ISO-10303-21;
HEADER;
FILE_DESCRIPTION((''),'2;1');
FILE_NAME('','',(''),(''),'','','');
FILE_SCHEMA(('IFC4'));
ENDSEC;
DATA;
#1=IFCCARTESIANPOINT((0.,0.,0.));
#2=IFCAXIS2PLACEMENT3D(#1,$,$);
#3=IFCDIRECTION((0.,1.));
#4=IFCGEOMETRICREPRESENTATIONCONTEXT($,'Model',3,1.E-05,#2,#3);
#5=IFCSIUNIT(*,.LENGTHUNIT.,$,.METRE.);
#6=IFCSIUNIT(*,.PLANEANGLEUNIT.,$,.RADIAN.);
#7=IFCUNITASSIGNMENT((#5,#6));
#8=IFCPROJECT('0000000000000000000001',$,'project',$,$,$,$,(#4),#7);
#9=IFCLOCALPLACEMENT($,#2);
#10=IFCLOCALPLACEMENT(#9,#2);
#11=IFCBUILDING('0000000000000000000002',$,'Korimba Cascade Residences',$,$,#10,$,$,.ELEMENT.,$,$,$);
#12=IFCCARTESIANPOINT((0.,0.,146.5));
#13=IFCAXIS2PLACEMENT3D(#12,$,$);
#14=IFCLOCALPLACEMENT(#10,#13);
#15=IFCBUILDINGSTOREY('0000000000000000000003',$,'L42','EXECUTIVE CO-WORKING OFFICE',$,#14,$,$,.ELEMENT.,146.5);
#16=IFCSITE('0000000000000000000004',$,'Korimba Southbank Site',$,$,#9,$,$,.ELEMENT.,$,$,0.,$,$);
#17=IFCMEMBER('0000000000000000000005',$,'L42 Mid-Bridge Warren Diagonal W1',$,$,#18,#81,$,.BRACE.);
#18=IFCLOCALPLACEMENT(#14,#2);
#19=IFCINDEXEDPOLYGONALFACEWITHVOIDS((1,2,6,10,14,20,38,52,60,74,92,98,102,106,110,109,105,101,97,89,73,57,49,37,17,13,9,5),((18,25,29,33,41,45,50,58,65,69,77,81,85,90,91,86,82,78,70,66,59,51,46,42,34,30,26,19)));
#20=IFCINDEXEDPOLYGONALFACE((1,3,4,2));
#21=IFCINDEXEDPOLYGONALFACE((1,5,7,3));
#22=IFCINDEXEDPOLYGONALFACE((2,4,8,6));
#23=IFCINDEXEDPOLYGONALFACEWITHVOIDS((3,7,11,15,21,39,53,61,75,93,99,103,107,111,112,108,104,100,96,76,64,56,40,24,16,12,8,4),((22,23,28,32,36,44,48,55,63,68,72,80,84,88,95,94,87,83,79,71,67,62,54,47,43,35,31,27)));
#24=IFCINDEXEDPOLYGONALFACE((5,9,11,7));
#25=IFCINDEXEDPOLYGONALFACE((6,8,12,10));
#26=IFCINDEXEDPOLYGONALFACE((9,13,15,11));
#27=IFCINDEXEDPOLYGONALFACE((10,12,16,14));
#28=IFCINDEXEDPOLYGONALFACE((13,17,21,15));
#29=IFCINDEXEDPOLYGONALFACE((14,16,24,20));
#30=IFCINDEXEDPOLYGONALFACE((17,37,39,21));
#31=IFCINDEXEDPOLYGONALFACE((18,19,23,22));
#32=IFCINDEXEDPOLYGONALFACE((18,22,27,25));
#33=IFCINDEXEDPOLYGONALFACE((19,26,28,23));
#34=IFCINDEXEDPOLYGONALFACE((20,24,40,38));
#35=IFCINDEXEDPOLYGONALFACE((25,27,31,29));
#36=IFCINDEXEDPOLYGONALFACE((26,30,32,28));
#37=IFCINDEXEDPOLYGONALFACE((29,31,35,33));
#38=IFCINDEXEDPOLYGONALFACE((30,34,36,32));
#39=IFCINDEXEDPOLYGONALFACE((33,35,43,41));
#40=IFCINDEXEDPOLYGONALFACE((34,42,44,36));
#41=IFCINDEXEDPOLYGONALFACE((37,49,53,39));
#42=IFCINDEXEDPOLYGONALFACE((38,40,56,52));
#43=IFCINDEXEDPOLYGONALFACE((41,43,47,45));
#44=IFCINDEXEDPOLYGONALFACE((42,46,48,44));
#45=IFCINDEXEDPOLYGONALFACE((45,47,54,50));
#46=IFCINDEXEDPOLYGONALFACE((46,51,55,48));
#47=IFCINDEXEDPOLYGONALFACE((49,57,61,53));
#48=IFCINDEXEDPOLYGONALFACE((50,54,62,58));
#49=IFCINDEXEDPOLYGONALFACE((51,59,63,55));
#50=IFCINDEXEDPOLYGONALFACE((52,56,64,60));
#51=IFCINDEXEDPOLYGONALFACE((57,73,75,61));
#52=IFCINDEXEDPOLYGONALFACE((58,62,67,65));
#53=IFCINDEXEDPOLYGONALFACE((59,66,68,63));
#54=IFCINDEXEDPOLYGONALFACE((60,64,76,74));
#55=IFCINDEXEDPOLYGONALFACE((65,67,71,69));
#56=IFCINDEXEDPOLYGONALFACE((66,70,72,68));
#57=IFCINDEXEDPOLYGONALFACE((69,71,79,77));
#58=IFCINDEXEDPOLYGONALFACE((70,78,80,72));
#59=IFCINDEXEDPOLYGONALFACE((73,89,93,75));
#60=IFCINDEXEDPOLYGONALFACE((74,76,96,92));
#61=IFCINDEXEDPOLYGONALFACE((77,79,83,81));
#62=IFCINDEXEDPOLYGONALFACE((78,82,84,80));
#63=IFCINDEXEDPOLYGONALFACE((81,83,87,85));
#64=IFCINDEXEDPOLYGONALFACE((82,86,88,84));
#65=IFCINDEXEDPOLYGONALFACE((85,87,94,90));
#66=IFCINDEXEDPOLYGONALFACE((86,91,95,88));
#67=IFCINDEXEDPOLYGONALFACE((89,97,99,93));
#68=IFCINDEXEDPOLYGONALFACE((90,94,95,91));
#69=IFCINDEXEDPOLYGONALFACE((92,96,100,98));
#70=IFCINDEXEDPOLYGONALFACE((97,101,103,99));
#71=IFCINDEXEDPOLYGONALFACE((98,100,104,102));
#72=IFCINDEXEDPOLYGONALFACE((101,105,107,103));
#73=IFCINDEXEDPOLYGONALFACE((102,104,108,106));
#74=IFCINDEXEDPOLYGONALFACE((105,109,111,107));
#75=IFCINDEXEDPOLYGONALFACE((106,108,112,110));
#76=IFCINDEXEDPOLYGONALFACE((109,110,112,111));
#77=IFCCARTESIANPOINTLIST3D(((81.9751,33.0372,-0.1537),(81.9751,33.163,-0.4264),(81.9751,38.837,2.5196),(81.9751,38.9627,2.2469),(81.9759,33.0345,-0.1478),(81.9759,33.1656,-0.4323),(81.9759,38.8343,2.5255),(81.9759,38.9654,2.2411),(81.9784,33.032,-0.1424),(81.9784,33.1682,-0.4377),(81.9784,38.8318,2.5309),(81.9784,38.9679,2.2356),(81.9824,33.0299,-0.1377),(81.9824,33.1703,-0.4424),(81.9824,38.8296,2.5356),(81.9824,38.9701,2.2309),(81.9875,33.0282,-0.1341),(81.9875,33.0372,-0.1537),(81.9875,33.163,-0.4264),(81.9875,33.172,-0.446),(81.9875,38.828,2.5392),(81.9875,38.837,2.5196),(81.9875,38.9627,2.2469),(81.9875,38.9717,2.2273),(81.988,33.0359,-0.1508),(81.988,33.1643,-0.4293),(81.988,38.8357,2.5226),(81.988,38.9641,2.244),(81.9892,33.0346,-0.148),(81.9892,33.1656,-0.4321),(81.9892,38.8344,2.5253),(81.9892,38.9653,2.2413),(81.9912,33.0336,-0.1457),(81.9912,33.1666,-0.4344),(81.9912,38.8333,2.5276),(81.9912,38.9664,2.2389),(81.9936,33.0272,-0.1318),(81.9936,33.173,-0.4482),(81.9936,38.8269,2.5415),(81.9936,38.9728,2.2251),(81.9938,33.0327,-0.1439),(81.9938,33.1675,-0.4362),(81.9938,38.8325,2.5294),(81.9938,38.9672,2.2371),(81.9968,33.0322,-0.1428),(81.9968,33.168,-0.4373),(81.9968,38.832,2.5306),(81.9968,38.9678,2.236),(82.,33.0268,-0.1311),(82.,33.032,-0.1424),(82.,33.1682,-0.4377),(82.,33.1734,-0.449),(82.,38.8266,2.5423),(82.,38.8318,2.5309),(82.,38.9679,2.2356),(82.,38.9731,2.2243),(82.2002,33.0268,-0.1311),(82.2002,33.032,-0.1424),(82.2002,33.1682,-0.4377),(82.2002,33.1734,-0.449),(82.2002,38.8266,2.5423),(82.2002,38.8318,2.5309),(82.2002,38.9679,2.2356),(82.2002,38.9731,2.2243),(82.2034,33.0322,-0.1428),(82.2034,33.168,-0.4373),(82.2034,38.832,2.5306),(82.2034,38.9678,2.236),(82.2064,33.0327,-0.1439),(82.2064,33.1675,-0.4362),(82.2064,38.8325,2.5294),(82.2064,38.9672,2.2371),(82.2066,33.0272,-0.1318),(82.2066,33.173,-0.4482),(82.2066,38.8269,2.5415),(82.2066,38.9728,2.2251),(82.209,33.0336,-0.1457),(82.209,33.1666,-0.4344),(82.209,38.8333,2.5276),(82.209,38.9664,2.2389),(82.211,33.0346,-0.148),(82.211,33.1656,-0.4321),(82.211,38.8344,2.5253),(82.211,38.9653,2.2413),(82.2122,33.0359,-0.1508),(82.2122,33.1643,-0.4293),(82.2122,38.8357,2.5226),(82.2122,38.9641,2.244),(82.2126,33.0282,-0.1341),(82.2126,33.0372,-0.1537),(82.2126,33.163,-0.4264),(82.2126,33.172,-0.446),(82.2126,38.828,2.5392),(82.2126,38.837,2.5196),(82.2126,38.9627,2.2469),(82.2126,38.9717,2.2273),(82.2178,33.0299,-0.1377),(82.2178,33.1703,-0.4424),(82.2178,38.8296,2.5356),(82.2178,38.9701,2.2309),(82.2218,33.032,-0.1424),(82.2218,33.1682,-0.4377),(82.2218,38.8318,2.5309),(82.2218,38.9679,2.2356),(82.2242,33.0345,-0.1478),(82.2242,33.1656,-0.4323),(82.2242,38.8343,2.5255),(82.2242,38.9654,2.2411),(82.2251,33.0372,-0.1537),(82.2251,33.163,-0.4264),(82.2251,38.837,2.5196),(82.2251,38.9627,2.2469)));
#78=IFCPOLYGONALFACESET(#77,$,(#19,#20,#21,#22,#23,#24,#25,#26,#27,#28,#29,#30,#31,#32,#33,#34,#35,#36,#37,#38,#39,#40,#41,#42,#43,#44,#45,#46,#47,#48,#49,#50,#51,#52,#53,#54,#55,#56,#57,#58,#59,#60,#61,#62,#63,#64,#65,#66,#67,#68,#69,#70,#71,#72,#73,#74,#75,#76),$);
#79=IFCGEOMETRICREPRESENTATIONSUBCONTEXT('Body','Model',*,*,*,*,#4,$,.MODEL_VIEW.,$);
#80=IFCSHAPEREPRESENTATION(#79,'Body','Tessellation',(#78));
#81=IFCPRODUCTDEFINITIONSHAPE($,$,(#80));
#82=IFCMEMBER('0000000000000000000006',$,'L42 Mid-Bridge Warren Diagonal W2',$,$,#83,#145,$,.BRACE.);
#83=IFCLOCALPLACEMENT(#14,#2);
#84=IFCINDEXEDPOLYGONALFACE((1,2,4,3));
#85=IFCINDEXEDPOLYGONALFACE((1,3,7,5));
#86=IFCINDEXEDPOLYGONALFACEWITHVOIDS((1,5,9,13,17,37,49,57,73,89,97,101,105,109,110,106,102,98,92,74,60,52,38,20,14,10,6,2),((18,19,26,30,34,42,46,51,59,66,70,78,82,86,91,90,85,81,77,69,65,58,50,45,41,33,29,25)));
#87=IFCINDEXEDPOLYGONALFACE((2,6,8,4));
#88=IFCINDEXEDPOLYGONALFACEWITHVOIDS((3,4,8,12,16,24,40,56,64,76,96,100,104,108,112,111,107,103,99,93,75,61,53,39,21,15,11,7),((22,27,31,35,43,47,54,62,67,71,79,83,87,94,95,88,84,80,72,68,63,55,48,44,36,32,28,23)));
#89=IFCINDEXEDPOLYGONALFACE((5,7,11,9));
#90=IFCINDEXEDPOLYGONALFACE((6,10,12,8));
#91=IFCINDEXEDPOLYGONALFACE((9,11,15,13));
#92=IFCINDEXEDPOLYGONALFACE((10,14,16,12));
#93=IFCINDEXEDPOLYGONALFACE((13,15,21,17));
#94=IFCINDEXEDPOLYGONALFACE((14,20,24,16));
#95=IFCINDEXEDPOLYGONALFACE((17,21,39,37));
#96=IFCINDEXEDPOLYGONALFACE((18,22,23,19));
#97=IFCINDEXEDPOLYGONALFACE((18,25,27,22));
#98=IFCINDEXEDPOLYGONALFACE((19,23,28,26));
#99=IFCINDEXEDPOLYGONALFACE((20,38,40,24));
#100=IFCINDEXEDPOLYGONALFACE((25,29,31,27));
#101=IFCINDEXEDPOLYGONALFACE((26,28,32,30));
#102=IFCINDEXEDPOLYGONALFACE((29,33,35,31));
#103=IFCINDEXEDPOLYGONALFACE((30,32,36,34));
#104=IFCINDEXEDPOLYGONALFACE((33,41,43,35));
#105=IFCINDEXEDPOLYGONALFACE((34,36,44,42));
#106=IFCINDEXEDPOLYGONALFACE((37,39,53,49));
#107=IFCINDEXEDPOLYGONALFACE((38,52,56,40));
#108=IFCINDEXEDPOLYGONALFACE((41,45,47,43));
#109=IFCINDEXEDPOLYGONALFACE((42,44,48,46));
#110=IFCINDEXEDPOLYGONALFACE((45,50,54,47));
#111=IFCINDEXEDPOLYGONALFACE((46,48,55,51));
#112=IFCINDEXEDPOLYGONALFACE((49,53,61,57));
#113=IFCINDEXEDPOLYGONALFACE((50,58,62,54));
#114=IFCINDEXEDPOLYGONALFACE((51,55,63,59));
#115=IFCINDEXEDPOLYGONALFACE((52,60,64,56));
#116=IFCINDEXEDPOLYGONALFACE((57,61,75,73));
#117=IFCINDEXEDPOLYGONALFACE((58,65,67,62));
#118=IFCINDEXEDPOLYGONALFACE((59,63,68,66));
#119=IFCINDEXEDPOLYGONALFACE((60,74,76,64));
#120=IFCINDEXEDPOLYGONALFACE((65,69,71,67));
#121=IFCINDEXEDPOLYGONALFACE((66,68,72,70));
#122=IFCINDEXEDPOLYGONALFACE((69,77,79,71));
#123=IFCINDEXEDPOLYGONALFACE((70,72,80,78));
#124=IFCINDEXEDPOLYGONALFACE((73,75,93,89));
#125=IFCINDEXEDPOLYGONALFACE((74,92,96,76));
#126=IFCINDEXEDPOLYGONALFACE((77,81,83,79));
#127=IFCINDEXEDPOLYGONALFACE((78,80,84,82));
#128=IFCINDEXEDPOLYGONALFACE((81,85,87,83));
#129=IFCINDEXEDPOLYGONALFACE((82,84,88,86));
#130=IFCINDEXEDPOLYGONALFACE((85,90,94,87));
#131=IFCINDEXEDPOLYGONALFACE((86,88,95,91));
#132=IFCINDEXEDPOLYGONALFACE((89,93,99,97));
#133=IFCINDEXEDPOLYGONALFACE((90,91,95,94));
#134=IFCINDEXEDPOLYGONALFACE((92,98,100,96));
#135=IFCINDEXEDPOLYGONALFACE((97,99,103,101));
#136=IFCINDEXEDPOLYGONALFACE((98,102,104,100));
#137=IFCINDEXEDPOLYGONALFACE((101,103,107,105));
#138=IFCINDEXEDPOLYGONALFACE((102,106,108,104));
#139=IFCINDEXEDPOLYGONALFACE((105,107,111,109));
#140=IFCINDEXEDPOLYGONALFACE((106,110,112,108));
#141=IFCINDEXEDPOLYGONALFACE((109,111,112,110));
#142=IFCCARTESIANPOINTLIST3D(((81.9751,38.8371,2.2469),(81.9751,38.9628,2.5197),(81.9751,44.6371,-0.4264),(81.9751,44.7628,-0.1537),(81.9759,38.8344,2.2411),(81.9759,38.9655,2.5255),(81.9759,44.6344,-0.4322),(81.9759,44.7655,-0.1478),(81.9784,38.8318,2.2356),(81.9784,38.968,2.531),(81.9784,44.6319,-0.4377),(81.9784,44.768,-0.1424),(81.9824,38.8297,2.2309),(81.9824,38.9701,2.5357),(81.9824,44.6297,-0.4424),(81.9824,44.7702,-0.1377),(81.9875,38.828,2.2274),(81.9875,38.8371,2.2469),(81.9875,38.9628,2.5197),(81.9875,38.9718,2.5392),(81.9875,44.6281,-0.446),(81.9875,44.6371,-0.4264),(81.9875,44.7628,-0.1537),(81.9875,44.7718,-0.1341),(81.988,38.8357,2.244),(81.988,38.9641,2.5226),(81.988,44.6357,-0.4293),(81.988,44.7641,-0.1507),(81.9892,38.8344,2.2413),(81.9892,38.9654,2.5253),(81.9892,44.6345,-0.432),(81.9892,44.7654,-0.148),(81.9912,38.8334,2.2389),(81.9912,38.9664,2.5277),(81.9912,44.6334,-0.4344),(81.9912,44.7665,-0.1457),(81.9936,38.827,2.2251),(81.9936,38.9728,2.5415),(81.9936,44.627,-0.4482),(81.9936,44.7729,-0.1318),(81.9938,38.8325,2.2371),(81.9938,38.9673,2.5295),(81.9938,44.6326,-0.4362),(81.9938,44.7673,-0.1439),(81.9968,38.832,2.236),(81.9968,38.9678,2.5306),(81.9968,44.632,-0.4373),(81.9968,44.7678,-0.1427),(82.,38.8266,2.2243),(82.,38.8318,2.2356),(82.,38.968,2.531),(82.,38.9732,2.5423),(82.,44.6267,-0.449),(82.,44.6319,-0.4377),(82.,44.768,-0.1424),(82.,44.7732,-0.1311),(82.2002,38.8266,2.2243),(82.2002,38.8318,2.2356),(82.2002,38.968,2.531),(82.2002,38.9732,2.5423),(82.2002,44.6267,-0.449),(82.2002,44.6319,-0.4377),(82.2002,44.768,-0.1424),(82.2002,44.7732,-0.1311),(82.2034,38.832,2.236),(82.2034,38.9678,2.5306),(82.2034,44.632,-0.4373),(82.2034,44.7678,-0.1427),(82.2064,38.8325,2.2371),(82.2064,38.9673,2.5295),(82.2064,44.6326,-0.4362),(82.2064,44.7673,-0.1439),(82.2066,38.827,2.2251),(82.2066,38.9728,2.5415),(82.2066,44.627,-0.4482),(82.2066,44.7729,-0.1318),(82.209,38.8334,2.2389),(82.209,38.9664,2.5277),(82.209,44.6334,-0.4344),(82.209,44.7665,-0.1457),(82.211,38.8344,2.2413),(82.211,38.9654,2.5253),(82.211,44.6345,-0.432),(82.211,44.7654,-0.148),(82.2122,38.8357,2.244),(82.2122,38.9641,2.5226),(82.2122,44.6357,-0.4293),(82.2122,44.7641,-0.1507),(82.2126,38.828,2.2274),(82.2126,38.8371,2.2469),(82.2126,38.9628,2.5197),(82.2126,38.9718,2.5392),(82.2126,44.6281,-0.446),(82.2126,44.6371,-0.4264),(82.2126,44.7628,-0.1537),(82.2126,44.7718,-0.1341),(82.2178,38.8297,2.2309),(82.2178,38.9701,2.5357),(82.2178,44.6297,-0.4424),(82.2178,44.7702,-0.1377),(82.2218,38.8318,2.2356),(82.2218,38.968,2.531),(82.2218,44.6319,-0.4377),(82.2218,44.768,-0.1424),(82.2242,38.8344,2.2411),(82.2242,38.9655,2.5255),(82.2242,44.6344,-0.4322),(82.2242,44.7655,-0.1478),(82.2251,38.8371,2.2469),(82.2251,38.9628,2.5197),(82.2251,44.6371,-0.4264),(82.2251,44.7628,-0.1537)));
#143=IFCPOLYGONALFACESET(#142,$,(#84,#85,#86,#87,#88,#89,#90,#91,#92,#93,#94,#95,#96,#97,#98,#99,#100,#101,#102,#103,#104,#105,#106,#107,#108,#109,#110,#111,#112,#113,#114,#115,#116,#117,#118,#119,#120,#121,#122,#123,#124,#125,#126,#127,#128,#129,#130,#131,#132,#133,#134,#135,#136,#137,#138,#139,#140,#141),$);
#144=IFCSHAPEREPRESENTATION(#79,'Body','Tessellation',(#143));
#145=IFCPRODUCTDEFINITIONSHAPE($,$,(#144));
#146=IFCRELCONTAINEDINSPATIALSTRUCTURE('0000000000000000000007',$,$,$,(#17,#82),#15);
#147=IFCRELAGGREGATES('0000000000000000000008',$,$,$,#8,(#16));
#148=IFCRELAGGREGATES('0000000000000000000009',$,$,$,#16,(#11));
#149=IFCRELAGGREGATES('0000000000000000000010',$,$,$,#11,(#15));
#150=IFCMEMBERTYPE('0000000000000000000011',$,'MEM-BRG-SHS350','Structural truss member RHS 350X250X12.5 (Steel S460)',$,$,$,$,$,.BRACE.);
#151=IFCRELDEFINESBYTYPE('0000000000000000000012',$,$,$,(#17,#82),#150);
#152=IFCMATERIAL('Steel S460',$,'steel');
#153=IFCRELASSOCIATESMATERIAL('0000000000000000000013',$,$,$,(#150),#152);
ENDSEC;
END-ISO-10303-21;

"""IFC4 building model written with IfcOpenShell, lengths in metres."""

from ifc_helpers import new_model, si_unit, direction, frame, origin, origin_2d, place, context, subcontext, project, spatial, hollow_rectangle, extrude, material, material_profile, profile_set, type_object, element, save


model = new_model("IFC4")

# Units and contexts
model_context = context("Model", 3, precision=1e-05, world=origin(), true_north=direction((0.0, 1.0)))
body_context = subcontext(model_context, "Body", "Model", "MODEL_VIEW")
ifc_project = project(units=[si_unit("LENGTHUNIT", "METRE"), si_unit("PLANEANGLEUNIT", "RADIAN")], contexts=[model_context])

# Site, building, storey
site_placement = place(None, origin())
site = spatial("IfcSite", under=ifc_project, at=site_placement, Name="Korimba Southbank Site", CompositionType="ELEMENT", RefElevation=0.0)
building_placement = place(site_placement, origin())
building = spatial("IfcBuilding", under=site, at=building_placement, Name="Korimba Cascade Residences", CompositionType="ELEMENT")
storey_placement = place(building_placement, frame((0.0, 0.0, 146.5)))
storey = spatial("IfcBuildingStorey", under=building, at=storey_placement, Name="L42", Description="EXECUTIVE CO-WORKING OFFICE", CompositionType="ELEMENT", Elevation=146.5)

# Shared definitions
ifc_material_1 = material(Name="Steel S460", Category="steel")

# Members
ifc_material_profile_1 = material_profile(ifc_material_1, hollow_rectangle(XDim=0.25, YDim=0.3501, WallThickness=0.0125, InnerFilletRadius=0.0125, OuterFilletRadius=0.0249, at=origin_2d()), Name="Steel S460")
ifc_profile_set_1 = profile_set([ifc_material_profile_1], Name="Steel S460")
member_type_1 = type_object("IfcMemberType", Name="MEM-BRG-SHS350", Description="Structural truss member RHS 350X250X12.5 (Steel S460)", PredefinedType="BRACE", material=ifc_profile_set_1)
member_1_placement = place(storey_placement, frame((82.1001, 33.1001, -0.29), z_axis=(0.0, 0.908167, 0.418607), x_axis=(-1.0, 0.0, 0.0)))
element("IfcMember", 1, at=member_1_placement, inside=storey, type_object=member_type_1, Name="L42 Mid-Bridge Warren Diagonal W1", PredefinedType="BRACE", context=body_context, shape_type="SweptSolid", body=[
    extrude(hollow_rectangle(XDim=0.25, YDim=0.3501, WallThickness=0.0125, InnerFilletRadius=0.0125, OuterFilletRadius=0.0249, at=origin_2d()), origin(), (0.0, 0.0, 1.0), 6.3862),
])
member_2_placement = place(storey_placement, frame((82.1001, 38.8999, 2.3833), z_axis=(0.0, 0.908174, -0.418593), x_axis=(-1.0, 0.0, 0.0)))
element("IfcMember", 2, at=member_2_placement, inside=storey, type_object=member_type_1, Name="L42 Mid-Bridge Warren Diagonal W2", PredefinedType="BRACE", context=body_context, shape_type="SweptSolid", body=[
    extrude(hollow_rectangle(XDim=0.25, YDim=0.3501, WallThickness=0.0125, InnerFilletRadius=0.0125, OuterFilletRadius=0.0249, at=origin_2d()), origin(), (0.0, 0.0, 1.0), 6.3865),
])

save(model, "model.ifc")
